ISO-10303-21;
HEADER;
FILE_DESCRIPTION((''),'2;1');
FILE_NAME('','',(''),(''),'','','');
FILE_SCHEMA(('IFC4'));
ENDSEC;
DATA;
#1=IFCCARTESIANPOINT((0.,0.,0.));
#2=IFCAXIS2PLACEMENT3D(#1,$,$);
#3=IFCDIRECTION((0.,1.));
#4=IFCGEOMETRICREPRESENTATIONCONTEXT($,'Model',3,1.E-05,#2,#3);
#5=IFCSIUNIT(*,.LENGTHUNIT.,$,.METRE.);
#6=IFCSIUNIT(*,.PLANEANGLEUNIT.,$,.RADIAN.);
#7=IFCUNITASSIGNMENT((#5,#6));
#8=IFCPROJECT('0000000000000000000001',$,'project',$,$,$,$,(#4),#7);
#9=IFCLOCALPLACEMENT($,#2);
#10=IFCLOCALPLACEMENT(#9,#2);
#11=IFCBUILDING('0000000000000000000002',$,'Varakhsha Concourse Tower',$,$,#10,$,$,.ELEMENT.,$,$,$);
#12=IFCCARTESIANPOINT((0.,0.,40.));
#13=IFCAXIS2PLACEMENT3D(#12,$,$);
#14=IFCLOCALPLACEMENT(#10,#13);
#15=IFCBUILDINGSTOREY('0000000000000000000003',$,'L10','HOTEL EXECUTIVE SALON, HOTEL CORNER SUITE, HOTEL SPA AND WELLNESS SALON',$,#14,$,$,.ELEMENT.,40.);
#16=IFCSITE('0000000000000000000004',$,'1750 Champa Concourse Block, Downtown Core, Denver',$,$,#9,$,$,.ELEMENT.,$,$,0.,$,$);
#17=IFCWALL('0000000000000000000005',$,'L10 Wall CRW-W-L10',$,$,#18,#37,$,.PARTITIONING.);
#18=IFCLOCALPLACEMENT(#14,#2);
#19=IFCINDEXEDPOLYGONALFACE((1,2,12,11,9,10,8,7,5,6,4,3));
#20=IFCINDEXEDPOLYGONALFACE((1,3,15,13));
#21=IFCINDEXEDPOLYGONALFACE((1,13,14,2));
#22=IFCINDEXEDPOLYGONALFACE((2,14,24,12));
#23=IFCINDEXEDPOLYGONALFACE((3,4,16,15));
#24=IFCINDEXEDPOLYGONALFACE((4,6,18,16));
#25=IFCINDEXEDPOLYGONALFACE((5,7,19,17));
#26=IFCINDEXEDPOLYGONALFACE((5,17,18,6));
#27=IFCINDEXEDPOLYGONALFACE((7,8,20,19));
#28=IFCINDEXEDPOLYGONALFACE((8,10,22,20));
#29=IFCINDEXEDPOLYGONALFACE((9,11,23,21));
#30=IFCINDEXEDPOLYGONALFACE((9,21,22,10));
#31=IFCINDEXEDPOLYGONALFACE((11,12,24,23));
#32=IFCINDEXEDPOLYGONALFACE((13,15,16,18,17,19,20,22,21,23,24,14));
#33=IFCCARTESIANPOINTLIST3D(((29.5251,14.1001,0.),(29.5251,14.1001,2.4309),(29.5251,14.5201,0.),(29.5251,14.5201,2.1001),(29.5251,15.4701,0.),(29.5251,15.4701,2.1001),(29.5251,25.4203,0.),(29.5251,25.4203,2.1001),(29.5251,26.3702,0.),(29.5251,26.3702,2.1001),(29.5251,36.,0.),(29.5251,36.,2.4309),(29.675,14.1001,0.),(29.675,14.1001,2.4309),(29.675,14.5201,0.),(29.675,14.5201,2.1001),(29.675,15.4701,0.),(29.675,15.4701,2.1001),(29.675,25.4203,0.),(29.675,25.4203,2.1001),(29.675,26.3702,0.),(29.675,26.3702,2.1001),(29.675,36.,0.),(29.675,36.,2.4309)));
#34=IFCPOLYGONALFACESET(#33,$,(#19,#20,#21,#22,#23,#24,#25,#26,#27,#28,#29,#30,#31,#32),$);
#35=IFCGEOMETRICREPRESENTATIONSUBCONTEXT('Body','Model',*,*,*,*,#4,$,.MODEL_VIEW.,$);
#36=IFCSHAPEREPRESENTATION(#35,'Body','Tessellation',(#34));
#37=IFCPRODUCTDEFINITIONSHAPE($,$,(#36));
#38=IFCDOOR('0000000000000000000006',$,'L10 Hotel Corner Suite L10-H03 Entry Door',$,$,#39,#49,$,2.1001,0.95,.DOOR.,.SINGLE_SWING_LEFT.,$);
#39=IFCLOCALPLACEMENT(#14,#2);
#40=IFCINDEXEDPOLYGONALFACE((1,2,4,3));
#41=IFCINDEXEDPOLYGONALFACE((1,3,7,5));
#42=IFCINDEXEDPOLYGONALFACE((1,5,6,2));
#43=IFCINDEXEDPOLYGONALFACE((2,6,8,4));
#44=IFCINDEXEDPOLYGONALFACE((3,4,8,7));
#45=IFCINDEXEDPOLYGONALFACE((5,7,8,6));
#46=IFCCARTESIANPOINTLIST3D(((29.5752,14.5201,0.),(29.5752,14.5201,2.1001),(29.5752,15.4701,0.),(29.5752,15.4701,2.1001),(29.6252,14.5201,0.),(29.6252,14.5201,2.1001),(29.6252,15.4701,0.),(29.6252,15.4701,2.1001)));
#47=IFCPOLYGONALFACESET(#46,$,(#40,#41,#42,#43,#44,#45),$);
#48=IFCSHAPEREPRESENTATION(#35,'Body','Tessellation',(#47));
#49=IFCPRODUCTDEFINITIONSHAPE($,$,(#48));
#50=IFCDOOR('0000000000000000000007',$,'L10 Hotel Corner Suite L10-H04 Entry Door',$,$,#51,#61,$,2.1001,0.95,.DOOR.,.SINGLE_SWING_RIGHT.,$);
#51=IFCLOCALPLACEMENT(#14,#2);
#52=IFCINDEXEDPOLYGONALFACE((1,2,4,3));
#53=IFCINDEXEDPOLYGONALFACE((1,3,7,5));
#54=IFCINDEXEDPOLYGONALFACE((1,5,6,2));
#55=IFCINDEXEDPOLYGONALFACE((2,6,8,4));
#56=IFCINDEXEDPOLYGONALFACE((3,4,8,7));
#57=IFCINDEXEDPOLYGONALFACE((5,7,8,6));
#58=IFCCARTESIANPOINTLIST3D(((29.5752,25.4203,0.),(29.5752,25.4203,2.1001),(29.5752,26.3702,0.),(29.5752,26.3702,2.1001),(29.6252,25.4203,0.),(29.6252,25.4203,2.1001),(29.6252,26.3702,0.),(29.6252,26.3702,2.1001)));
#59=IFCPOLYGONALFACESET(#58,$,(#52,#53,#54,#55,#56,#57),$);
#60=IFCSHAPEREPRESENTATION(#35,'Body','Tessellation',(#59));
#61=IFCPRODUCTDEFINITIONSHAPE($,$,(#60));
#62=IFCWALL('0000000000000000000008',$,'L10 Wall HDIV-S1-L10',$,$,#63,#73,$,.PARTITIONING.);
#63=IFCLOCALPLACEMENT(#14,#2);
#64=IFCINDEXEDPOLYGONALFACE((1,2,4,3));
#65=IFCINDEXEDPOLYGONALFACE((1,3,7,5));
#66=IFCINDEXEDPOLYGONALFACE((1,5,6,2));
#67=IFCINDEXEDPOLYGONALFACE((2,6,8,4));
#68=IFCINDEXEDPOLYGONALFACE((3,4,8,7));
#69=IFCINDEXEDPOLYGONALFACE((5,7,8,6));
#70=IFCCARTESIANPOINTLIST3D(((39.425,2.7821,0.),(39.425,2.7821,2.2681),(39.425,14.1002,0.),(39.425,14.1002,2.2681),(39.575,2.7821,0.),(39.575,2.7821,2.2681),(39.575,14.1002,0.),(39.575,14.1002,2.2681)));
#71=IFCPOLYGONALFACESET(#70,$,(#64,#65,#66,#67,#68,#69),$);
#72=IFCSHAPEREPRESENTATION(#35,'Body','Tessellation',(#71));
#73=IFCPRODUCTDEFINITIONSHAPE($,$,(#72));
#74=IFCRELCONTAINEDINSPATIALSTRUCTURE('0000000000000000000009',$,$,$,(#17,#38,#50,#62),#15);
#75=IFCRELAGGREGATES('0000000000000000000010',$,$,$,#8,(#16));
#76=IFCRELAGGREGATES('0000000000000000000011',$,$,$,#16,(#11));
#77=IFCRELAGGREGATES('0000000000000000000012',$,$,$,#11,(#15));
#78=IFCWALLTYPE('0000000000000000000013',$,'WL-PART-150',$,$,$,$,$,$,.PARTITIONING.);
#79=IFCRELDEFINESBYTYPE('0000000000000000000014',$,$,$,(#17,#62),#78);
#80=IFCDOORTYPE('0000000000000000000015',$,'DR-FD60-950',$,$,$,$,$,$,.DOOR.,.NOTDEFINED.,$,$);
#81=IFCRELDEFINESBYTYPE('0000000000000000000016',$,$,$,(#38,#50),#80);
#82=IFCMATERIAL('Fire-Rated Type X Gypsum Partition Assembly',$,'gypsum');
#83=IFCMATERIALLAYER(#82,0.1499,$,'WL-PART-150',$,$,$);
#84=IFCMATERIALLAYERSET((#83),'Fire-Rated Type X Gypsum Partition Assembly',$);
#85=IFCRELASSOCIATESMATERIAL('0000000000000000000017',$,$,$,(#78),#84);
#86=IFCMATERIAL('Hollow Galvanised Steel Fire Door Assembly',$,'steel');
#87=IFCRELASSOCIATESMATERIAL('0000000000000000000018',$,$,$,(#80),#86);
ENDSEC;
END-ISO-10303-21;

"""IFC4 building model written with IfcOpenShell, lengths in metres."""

from ifc_helpers import new_model, si_unit, direction, frame, frame_2d, origin, place, context, subcontext, project, spatial, rectangle, extrude, material, layer, layer_set, type_object, element, fill, save


model = new_model("IFC4")

# Units and contexts
model_context = context("Model", 3, precision=1e-05, world=origin(), true_north=direction((0.0, 1.0)))
body_context = subcontext(model_context, "Body", "Model", "MODEL_VIEW")
ifc_project = project(units=[si_unit("LENGTHUNIT", "METRE"), si_unit("PLANEANGLEUNIT", "RADIAN")], contexts=[model_context])

# Site, building, storey
site_placement = place(None, origin())
site = spatial("IfcSite", under=ifc_project, at=site_placement, Name="1750 Champa Concourse Block, Downtown Core, Denver", CompositionType="ELEMENT", RefElevation=0.0)
building_placement = place(site_placement, origin())
building = spatial("IfcBuilding", under=site, at=building_placement, Name="Varakhsha Concourse Tower", CompositionType="ELEMENT")
storey_placement = place(building_placement, frame((0.0, 0.0, 40.0)))
storey = spatial("IfcBuildingStorey", under=building, at=storey_placement, Name="L10", Description="HOTEL EXECUTIVE SALON, HOTEL CORNER SUITE, HOTEL SPA AND WELLNESS SALON", CompositionType="ELEMENT", Elevation=40.0)

# Wall, openings, doors
ifc_material_1 = material(Name="Fire-Rated Type X Gypsum Partition Assembly", Category="gypsum")
ifc_layer_1 = layer(ifc_material_1, 0.1499, Name="WL-PART-150")
ifc_layer_set_1 = layer_set([ifc_layer_1], Name="Fire-Rated Type X Gypsum Partition Assembly")
wall_type = type_object("IfcWallType", Name="WL-PART-150", PredefinedType="PARTITIONING", material=ifc_layer_set_1)
ifc_material_2 = material(Name="Hollow Galvanised Steel Fire Door Assembly", Category="steel")
door_type = type_object("IfcDoorType", Name="DR-FD60-950", OperationType="NOTDEFINED", PredefinedType="DOOR", material=ifc_material_2)
wall_1_placement = place(storey_placement, frame((29.6001, 14.1001, 0.0), z_axis=(0.0, 0.0, 1.0), x_axis=(0.0, 1.0, 0.0)))
wall_1 = element("IfcWall", 1, at=wall_1_placement, inside=storey, type_object=wall_type, Name="L10 Wall CRW-W-L10", PredefinedType="PARTITIONING", context=body_context, shape_type="SweptSolid", body=[
    extrude(rectangle(XDim=21.8999, YDim=0.1499, at=frame_2d((10.95, 0.0))), origin(), (0.0, 0.0, 1.0), 2.4309),
])
opening_1_placement = place(wall_1_placement, frame((0.4199, 0.0, 0.0)))
opening_1 = element("IfcOpeningElement", 2, at=opening_1_placement, cuts=wall_1, PredefinedType="OPENING", context=body_context, shape_type="SweptSolid", body=[
    extrude(rectangle(XDim=0.95, YDim=2.1001, at=frame_2d((0.4751, 1.05))), frame((0.0, 0.085, 0.0), z_axis=(0.0, -1.0, 0.0), x_axis=(1.0, 0.0, 0.0)), (0.0, 0.0, 1.0), 0.1699),
])
opening_2_placement = place(wall_1_placement, frame((11.3201, 0.0, 0.0)))
opening_2 = element("IfcOpeningElement", 3, at=opening_2_placement, cuts=wall_1, PredefinedType="OPENING", context=body_context, shape_type="SweptSolid", body=[
    extrude(rectangle(XDim=0.95, YDim=2.1001, at=frame_2d((0.4751, 1.05))), frame((0.0, 0.085, 0.0), z_axis=(0.0, -1.0, 0.0), x_axis=(1.0, 0.0, 0.0)), (0.0, 0.0, 1.0), 0.1699),
])
door_1_placement = place(opening_1_placement, origin())
door_1 = element("IfcDoor", 4, at=door_1_placement, inside=storey, type_object=door_type, Name="L10 Hotel Corner Suite L10-H03 Entry Door", OperationType="SINGLE_SWING_LEFT", OverallHeight=2.1001, OverallWidth=0.95, PredefinedType="DOOR", context=body_context, shape_type="SweptSolid", body=[
    extrude(rectangle(XDim=0.95, YDim=2.1001, at=frame_2d((0.4751, 1.05))), frame((0.0, 0.0249, 0.0), z_axis=(0.0, -1.0, 0.0), x_axis=(1.0, 0.0, 0.0)), (0.0, 0.0, 1.0), 0.05),
])
fill(opening_1, door_1)
door_2_placement = place(opening_2_placement, origin())
door_2 = element("IfcDoor", 5, at=door_2_placement, inside=storey, type_object=door_type, Name="L10 Hotel Corner Suite L10-H04 Entry Door", OperationType="SINGLE_SWING_RIGHT", OverallHeight=2.1001, OverallWidth=0.95, PredefinedType="DOOR", context=body_context, shape_type="SweptSolid", body=[
    extrude(rectangle(XDim=0.95, YDim=2.1001, at=frame_2d((0.4751, 1.05))), frame((0.0, 0.0249, 0.0), z_axis=(0.0, -1.0, 0.0), x_axis=(1.0, 0.0, 0.0)), (0.0, 0.0, 1.0), 0.05),
])
fill(opening_2, door_2)

# Wall
wall_2_placement = place(storey_placement, frame((39.5, 2.782, 0.0), z_axis=(0.0, 0.0, 1.0), x_axis=(0.0, 1.0, 0.0)))
element("IfcWall", 6, at=wall_2_placement, inside=storey, type_object=wall_type, Name="L10 Wall HDIV-S1-L10", PredefinedType="PARTITIONING", context=body_context, shape_type="SweptSolid", body=[
    extrude(rectangle(XDim=11.3181, YDim=0.1499, at=frame_2d((5.6592, 0.0))), origin(), (0.0, 0.0, 1.0), 2.2681),
])

save(model, "model.ifc")
